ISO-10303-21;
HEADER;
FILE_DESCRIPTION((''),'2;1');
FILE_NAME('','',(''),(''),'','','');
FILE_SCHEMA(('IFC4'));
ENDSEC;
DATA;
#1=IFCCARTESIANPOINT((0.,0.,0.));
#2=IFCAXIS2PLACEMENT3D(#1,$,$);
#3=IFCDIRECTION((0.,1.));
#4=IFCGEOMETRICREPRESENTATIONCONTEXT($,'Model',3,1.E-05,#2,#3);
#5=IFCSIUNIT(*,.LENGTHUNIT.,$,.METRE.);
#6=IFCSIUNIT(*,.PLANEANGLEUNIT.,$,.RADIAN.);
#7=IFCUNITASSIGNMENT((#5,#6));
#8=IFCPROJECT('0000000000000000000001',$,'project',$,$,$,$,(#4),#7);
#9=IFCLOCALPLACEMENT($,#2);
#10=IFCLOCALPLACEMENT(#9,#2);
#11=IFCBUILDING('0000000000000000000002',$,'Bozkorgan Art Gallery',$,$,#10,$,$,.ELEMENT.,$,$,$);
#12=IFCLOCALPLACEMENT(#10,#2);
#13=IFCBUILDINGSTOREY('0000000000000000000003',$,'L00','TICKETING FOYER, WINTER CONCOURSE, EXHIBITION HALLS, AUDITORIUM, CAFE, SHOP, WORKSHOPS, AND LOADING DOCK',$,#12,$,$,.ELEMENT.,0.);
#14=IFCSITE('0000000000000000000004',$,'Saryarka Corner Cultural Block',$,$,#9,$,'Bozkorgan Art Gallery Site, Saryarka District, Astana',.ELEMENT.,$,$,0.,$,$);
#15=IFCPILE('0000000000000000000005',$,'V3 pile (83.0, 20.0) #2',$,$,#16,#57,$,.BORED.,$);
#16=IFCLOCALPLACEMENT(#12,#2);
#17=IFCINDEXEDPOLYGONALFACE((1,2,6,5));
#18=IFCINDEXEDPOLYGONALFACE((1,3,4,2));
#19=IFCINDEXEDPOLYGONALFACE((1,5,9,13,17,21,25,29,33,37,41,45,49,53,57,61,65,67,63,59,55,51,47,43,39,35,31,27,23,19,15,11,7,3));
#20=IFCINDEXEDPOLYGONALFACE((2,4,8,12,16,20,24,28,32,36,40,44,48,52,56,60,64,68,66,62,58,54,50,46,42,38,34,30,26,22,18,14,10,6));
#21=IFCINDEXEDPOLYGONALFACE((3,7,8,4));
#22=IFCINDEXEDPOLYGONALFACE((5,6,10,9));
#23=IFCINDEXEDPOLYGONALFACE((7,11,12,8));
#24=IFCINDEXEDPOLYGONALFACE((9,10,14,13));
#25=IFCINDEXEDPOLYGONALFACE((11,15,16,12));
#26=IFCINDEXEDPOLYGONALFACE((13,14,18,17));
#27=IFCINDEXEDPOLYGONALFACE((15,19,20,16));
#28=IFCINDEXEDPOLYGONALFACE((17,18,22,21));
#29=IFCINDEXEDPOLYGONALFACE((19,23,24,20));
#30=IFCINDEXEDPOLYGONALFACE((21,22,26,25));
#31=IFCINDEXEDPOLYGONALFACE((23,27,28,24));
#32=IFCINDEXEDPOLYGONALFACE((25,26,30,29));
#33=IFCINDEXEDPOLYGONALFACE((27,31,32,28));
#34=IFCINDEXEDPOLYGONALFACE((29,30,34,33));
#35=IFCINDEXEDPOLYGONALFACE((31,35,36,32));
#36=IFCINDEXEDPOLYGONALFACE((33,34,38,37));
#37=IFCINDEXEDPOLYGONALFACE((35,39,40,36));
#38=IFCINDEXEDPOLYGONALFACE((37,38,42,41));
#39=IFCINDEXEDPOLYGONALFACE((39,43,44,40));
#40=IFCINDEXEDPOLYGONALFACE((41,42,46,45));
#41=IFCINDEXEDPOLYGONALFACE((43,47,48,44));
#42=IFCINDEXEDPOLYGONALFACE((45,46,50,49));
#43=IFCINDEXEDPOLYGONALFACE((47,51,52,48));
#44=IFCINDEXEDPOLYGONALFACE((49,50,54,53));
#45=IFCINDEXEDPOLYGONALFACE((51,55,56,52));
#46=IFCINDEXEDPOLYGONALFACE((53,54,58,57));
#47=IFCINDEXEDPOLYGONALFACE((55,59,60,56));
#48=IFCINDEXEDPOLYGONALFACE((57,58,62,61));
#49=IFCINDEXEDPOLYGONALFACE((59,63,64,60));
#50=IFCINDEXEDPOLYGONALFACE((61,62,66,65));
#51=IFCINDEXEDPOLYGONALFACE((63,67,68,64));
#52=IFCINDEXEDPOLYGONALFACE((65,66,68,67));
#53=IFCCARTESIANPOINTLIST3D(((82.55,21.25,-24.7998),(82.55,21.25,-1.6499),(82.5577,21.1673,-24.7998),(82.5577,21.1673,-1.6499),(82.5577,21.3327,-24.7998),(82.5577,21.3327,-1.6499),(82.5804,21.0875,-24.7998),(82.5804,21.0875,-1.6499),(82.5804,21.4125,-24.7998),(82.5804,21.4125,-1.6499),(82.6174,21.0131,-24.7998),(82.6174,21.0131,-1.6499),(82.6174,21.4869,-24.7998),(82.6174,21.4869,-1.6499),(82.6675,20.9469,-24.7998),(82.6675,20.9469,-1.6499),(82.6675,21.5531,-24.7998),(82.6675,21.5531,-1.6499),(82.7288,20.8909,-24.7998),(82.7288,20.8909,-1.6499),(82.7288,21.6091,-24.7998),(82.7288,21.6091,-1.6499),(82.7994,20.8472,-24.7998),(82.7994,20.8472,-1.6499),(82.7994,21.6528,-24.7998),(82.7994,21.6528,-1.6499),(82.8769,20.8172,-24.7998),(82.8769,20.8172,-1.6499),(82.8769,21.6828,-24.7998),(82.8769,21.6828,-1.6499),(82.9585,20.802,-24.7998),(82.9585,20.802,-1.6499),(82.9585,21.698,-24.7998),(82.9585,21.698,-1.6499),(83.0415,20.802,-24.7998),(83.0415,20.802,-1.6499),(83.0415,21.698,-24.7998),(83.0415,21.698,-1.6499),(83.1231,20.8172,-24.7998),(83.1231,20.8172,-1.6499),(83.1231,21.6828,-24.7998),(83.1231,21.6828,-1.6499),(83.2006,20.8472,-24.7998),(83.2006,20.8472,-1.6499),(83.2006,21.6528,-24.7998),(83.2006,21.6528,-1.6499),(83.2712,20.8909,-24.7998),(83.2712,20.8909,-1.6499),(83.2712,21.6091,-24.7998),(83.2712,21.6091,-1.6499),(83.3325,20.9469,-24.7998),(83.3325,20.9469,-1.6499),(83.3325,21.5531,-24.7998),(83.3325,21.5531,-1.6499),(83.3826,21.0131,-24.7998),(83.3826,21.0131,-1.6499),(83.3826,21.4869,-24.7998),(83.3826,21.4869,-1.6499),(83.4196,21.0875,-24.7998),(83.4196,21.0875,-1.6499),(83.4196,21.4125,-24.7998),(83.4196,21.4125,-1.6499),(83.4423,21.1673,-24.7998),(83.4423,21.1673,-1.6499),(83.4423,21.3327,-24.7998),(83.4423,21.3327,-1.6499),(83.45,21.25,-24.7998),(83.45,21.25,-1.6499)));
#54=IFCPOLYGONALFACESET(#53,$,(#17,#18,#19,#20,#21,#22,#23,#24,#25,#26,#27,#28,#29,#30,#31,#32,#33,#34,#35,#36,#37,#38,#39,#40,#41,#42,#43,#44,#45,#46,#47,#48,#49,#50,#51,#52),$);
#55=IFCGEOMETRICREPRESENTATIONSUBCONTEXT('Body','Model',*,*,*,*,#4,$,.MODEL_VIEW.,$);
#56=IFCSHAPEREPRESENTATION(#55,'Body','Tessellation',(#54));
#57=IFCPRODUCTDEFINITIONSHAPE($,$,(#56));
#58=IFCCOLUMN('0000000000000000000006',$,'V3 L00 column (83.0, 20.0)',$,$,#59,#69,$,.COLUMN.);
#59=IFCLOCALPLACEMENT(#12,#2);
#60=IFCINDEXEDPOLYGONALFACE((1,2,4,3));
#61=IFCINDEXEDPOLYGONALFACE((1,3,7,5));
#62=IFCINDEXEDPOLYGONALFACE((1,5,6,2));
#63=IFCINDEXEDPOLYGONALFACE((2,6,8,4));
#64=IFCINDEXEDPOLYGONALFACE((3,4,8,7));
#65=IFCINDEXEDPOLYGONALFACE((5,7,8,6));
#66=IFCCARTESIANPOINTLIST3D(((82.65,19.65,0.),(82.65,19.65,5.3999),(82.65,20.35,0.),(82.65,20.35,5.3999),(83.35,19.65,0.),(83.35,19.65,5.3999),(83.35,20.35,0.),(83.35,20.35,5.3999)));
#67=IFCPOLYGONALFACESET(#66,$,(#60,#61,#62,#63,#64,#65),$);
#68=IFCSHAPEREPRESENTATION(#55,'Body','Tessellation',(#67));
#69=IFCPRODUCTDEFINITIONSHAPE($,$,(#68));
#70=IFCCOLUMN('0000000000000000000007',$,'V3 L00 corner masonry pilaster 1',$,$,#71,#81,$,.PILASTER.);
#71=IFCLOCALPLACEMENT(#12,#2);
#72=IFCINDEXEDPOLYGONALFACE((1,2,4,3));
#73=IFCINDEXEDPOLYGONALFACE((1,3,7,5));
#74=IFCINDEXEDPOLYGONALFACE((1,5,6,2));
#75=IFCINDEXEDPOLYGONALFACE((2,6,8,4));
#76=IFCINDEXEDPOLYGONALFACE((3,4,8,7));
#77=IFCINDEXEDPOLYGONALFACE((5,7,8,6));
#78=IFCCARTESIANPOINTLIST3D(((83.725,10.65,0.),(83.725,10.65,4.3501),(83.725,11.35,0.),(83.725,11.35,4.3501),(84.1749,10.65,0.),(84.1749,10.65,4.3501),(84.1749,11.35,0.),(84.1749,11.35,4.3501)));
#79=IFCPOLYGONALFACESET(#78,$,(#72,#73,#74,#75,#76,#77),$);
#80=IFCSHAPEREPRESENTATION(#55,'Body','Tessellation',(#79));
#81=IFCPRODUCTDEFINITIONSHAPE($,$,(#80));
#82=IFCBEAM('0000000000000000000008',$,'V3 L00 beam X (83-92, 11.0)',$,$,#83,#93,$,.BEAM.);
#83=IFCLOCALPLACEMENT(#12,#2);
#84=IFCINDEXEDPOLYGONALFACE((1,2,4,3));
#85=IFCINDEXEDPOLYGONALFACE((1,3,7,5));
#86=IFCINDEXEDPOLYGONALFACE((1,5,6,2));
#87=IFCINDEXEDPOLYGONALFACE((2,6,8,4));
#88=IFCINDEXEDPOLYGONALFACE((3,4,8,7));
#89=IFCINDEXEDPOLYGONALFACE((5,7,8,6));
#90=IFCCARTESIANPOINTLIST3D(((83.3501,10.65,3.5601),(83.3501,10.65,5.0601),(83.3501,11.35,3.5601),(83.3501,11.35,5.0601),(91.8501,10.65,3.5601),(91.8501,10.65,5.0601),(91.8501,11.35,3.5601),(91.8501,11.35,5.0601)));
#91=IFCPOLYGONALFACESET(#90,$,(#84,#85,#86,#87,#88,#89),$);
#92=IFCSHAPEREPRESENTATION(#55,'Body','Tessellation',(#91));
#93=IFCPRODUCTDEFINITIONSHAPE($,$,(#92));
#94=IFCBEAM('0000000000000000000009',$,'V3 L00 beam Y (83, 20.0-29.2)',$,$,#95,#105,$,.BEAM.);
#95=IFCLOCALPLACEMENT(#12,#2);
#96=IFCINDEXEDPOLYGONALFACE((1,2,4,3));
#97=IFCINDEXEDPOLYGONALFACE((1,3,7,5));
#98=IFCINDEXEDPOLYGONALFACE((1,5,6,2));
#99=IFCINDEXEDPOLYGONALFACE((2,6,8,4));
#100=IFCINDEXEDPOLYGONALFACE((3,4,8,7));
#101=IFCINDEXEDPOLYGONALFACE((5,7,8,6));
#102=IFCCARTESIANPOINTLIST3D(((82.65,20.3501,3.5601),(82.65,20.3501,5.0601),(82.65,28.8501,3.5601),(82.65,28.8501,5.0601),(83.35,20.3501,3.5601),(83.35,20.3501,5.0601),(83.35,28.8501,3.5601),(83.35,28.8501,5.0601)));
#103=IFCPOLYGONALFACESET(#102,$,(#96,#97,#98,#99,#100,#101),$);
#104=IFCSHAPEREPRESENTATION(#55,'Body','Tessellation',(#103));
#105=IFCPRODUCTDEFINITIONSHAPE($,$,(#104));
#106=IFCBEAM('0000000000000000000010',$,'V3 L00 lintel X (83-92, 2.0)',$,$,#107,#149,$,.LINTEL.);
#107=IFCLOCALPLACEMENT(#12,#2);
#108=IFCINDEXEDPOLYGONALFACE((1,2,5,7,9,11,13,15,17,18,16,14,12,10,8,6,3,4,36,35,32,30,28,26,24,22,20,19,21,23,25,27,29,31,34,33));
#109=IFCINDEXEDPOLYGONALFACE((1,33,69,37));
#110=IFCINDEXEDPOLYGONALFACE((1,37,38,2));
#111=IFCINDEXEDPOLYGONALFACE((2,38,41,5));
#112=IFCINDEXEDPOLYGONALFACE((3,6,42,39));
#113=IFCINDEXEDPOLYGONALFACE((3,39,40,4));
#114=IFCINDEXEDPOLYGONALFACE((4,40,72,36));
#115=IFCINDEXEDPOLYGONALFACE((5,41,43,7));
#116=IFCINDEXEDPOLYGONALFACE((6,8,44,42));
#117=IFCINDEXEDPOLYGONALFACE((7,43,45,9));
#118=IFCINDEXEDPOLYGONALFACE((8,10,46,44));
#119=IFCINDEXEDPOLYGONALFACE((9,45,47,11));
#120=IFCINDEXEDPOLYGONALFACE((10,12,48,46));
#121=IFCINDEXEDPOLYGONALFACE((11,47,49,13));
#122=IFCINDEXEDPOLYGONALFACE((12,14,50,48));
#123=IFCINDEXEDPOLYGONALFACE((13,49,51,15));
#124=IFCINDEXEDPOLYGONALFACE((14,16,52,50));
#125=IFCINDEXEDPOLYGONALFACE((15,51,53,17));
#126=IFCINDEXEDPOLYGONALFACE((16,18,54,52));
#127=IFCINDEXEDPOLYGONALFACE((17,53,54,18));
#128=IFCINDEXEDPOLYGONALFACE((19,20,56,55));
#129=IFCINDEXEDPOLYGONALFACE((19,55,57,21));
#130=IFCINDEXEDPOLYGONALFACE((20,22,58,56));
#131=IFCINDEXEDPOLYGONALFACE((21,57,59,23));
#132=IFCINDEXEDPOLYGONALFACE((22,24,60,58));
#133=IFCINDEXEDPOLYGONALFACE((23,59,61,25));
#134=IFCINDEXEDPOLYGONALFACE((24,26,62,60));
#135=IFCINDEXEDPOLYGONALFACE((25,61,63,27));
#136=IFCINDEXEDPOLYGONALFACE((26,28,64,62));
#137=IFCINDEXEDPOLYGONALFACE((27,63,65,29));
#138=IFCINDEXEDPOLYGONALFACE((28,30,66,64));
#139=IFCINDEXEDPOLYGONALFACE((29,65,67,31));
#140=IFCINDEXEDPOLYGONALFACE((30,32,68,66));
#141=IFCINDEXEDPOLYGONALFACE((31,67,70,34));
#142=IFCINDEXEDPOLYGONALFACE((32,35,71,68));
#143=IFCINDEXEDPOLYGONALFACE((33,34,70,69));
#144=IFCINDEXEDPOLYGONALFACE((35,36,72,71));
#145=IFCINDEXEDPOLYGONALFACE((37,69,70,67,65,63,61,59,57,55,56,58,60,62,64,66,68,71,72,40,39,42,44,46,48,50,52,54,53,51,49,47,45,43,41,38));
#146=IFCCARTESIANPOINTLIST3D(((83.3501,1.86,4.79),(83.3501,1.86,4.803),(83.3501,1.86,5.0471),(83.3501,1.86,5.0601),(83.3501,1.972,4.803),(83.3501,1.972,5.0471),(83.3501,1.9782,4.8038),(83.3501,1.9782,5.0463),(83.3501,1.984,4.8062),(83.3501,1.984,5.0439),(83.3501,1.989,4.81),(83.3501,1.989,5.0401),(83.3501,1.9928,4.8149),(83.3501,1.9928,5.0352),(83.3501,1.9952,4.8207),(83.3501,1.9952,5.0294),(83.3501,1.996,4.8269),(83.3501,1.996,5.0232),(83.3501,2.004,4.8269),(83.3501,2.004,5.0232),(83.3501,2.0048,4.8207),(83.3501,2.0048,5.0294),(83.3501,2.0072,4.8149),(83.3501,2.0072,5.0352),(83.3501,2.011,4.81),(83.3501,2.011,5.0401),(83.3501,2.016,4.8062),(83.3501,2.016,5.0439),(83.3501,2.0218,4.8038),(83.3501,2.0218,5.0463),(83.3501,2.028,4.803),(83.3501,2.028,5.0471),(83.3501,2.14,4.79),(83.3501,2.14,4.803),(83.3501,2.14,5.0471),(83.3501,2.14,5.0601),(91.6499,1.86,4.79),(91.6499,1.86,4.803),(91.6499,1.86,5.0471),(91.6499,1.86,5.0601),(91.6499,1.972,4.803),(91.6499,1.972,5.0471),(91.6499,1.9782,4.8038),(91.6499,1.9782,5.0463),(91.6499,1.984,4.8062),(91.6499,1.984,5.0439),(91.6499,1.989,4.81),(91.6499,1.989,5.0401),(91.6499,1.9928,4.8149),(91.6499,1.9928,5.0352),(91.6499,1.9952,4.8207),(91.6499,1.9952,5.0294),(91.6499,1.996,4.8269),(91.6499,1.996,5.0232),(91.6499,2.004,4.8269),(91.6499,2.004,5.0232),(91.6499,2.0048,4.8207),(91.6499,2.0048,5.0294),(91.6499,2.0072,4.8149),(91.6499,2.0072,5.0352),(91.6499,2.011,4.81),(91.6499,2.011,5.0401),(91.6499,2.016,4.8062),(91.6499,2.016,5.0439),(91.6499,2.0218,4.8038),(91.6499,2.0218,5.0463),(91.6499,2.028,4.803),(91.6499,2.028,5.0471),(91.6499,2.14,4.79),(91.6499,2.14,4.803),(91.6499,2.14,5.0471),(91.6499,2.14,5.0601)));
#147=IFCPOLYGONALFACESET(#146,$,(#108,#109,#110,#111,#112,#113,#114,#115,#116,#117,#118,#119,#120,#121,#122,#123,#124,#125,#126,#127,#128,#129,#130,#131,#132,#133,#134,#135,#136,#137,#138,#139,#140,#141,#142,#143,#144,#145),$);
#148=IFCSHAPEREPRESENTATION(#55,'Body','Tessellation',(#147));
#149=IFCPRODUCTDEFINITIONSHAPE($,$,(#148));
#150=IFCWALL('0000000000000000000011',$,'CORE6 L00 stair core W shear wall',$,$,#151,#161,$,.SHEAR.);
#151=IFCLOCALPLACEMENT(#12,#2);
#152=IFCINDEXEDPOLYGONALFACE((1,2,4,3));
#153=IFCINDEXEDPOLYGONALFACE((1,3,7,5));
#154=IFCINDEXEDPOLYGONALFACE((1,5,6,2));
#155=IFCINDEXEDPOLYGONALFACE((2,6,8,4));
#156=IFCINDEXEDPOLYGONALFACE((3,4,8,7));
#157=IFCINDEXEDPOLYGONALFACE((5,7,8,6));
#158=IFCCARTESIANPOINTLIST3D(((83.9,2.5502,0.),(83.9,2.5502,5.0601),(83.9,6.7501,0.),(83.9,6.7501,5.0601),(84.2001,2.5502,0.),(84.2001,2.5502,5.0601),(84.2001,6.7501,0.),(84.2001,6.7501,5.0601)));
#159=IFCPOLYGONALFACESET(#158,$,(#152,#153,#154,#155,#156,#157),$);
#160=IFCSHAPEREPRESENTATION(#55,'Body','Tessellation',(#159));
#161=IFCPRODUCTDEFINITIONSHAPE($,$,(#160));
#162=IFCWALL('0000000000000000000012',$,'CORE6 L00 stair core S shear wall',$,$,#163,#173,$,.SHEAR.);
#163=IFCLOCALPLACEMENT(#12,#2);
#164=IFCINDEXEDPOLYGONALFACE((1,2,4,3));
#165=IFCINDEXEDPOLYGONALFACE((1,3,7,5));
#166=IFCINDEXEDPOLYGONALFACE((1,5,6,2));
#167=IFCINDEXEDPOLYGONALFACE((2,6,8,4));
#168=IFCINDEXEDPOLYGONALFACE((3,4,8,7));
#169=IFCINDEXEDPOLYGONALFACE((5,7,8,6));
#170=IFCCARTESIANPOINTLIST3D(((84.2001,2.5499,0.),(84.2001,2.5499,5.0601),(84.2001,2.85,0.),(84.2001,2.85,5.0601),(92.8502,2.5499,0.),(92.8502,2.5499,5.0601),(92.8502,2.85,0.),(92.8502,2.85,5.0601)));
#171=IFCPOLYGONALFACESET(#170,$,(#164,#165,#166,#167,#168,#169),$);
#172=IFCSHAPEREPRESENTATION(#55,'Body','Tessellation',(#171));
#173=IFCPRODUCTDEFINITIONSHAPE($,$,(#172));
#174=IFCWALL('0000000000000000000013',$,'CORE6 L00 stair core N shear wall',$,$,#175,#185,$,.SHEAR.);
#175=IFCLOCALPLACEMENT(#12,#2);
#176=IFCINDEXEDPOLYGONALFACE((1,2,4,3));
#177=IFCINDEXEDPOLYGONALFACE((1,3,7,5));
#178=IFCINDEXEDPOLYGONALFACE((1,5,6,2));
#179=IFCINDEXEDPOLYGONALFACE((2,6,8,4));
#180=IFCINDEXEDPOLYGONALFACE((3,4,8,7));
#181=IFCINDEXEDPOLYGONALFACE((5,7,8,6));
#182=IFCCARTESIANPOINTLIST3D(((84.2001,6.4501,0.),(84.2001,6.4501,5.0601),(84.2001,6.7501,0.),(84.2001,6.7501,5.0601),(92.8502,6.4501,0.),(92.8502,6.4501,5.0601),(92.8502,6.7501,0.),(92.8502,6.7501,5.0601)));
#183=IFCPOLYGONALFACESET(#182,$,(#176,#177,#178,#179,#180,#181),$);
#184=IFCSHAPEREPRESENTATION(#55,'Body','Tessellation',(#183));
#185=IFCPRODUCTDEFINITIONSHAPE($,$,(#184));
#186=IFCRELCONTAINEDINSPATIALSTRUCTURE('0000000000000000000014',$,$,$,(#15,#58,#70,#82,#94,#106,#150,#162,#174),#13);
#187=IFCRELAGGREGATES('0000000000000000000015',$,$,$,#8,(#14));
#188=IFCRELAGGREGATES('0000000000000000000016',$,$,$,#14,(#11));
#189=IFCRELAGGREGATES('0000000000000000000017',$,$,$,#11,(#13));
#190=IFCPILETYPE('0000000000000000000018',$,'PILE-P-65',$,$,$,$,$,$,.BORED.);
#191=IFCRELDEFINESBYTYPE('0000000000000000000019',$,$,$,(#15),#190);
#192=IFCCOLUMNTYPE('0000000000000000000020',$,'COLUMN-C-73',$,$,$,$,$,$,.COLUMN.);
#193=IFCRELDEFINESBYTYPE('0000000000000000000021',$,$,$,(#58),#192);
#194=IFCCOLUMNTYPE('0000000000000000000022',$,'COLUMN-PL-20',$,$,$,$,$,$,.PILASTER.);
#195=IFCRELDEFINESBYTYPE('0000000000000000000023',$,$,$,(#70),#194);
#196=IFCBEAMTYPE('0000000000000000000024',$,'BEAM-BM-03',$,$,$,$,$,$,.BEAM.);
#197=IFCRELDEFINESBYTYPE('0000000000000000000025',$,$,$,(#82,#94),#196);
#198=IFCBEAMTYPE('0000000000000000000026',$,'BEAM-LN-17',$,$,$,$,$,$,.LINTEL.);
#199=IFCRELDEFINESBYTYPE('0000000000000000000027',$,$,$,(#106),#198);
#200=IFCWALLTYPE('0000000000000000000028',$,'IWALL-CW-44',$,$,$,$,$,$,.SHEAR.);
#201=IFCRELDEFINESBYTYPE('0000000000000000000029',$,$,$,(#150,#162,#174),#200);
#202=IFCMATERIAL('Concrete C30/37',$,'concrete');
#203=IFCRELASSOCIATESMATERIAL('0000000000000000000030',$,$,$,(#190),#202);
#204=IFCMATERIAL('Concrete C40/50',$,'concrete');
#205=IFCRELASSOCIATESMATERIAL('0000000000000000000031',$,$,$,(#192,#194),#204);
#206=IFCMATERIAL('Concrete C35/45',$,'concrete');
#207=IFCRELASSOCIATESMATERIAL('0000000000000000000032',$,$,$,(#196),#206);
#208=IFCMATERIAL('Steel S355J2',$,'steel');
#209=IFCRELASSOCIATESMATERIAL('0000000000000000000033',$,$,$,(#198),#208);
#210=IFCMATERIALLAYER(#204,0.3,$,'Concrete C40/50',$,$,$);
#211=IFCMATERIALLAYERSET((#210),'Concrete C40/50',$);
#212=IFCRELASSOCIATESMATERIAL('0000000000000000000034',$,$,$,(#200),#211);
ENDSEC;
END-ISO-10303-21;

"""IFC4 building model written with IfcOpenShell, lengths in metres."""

from ifc_helpers import new_model, si_unit, direction, frame, frame_2d, origin, origin_2d, place, context, subcontext, project, spatial, rectangle, circle, i_section, extrude, material, layer, layer_set, material_profile, profile_set, type_object, element, save


model = new_model("IFC4")

# Units and contexts
model_context = context("Model", 3, precision=1e-05, world=origin(), true_north=direction((0.0, 1.0)))
body_context = subcontext(model_context, "Body", "Model", "MODEL_VIEW")
ifc_project = project(units=[si_unit("LENGTHUNIT", "METRE"), si_unit("PLANEANGLEUNIT", "RADIAN")], contexts=[model_context])

# Site, building, storey
site_placement = place(None, origin())
site = spatial("IfcSite", under=ifc_project, at=site_placement, Name="Saryarka Corner Cultural Block", LongName="Bozkorgan Art Gallery Site, Saryarka District, Astana", CompositionType="ELEMENT", RefElevation=0.0)
building_placement = place(site_placement, origin())
building = spatial("IfcBuilding", under=site, at=building_placement, Name="Bozkorgan Art Gallery", CompositionType="ELEMENT")
storey_placement = place(building_placement, origin())
storey = spatial("IfcBuildingStorey", under=building, at=storey_placement, Name="L00", Description="TICKETING FOYER, WINTER CONCOURSE, EXHIBITION HALLS, AUDITORIUM, CAFE, SHOP, WORKSHOPS, AND LOADING DOCK", CompositionType="ELEMENT", Elevation=0.0)

# Shared definitions
ifc_material_1 = material(Name="Concrete C30/37", Category="concrete")

# Pile
ifc_material_profile_1 = material_profile(ifc_material_1, circle(Radius=0.45, at=origin_2d()), Name="PILE D900")
ifc_profile_set_1 = profile_set([ifc_material_profile_1], Name="Concrete C30/37")
pile_type_1 = type_object("IfcPileType", Name="PILE-P-65", PredefinedType="BORED", material=ifc_profile_set_1)
pile_1_placement = place(storey_placement, frame((83.0, 21.25, -1.6499), z_axis=(0.0, 0.0, -1.0), x_axis=(1.0, 0.0, 0.0)))
element("IfcPile", 1, at=pile_1_placement, inside=storey, type_object=pile_type_1, Name="V3 pile (83.0, 20.0) #2", PredefinedType="BORED", context=body_context, shape_type="SweptSolid", body=[
    extrude(circle(Radius=0.45, at=origin_2d()), origin(), (0.0, 0.0, 1.0), 23.1499),
])

# Columns
ifc_material_2 = material(Name="Concrete C40/50", Category="concrete")
ifc_material_profile_2 = material_profile(ifc_material_2, rectangle(XDim=0.7, YDim=0.7, at=origin_2d()), Name="RC 700x700")
ifc_profile_set_2 = profile_set([ifc_material_profile_2], Name="Concrete C40/50")
column_type_1 = type_object("IfcColumnType", Name="COLUMN-C-73", PredefinedType="COLUMN", material=ifc_profile_set_2)
column_1_placement = place(storey_placement, frame((83.0, 20.0, 0.0), z_axis=(0.0, 0.0, 1.0), x_axis=(1.0, 0.0, 0.0)))
element("IfcColumn", 2, at=column_1_placement, inside=storey, type_object=column_type_1, Name="V3 L00 column (83.0, 20.0)", PredefinedType="COLUMN", context=body_context, shape_type="SweptSolid", body=[
    extrude(rectangle(XDim=0.7, YDim=0.7, at=origin_2d()), origin(), (0.0, 0.0, 1.0), 5.3999),
])
ifc_material_profile_3 = material_profile(ifc_material_2, rectangle(XDim=0.45, YDim=0.7, at=origin_2d()), Name="RC 450x700")
ifc_profile_set_3 = profile_set([ifc_material_profile_3], Name="Concrete C40/50")
column_type_2 = type_object("IfcColumnType", Name="COLUMN-PL-20", PredefinedType="PILASTER", material=ifc_profile_set_3)
column_2_placement = place(storey_placement, frame((83.95, 11.0, 0.0), z_axis=(0.0, 0.0, 1.0), x_axis=(1.0, 0.0, 0.0)))
element("IfcColumn", 3, at=column_2_placement, inside=storey, type_object=column_type_2, Name="V3 L00 corner masonry pilaster 1", PredefinedType="PILASTER", context=body_context, shape_type="SweptSolid", body=[
    extrude(rectangle(XDim=0.45, YDim=0.7, at=origin_2d()), origin(), (0.0, 0.0, 1.0), 4.3501),
])

# Beams
ifc_material_3 = material(Name="Concrete C35/45", Category="concrete")
ifc_material_profile_4 = material_profile(ifc_material_3, rectangle(XDim=0.7, YDim=1.5, at=origin_2d()), Name="RC 700x1500")
ifc_profile_set_4 = profile_set([ifc_material_profile_4], Name="Concrete C35/45")
beam_type_1 = type_object("IfcBeamType", Name="BEAM-BM-03", PredefinedType="BEAM", material=ifc_profile_set_4)
for number, where, z_axis, x_axis, name in (
    (4, (83.3501, 11.0, 4.3101), (1.0, 0.0, 0.0), (0.0, 1.0, 0.0), "V3 L00 beam X (83-92, 11.0)"),
    (5, (83.0, 20.3501, 4.3101), (0.0, 1.0, 0.0), (-1.0, 0.0, 0.0), "V3 L00 beam Y (83, 20.0-29.2)"),
):
    element("IfcBeam", number, at=place(storey_placement, frame(where, z_axis=z_axis, x_axis=x_axis)), inside=storey, type_object=beam_type_1, Name=name, PredefinedType="BEAM", context=body_context, shape_type="SweptSolid", body=[
        extrude(rectangle(XDim=0.7, YDim=1.5, at=origin_2d()), origin(), (0.0, 0.0, 1.0), 8.5),
    ])
ifc_material_4 = material(Name="Steel S355J2", Category="steel")
ifc_material_profile_5 = material_profile(ifc_material_4, i_section(OverallWidth=0.28, OverallDepth=0.27, WebThickness=0.0081, FlangeThickness=0.0129, FilletRadius=0.0239, at=origin_2d()), Name="HEA 280")
ifc_profile_set_5 = profile_set([ifc_material_profile_5], Name="Steel S355J2")
beam_type_2 = type_object("IfcBeamType", Name="BEAM-LN-17", PredefinedType="LINTEL", material=ifc_profile_set_5)
beam_placement = place(storey_placement, frame((83.3501, 2.0, 4.925), z_axis=(1.0, 0.0, 0.0), x_axis=(0.0, 1.0, 0.0)))
element("IfcBeam", 6, at=beam_placement, inside=storey, type_object=beam_type_2, Name="V3 L00 lintel X (83-92, 2.0)", PredefinedType="LINTEL", context=body_context, shape_type="SweptSolid", body=[
    extrude(i_section(OverallWidth=0.28, OverallDepth=0.27, WebThickness=0.0081, FlangeThickness=0.0129, FilletRadius=0.0239, at=origin_2d()), origin(), (0.0, 0.0, 1.0), 8.2998),
])

# Walls
ifc_layer_1 = layer(ifc_material_2, 0.3, Name="Concrete C40/50")
ifc_layer_set_1 = layer_set([ifc_layer_1], Name="Concrete C40/50")
wall_type_1 = type_object("IfcWallType", Name="IWALL-CW-44", PredefinedType="SHEAR", material=ifc_layer_set_1)
wall_1_placement = place(storey_placement, frame((84.05, 2.55, 0.0), z_axis=(0.0, 0.0, 1.0), x_axis=(0.0, 1.0, 0.0)))
element("IfcWall", 7, at=wall_1_placement, inside=storey, type_object=wall_type_1, Name="CORE6 L00 stair core W shear wall", PredefinedType="SHEAR", context=body_context, shape_type="SweptSolid", body=[
    extrude(rectangle(XDim=4.2, YDim=0.3, at=frame_2d((2.1001, 0.0))), origin(), (0.0, 0.0, 1.0), 5.0601),
])
for number, where, z_axis, x_axis, name in (
    (8, (84.2, 2.7, 0.0), (0.0, 0.0, 1.0), (1.0, 0.0, 0.0), "CORE6 L00 stair core S shear wall"),
    (9, (84.2, 6.6001, 0.0), (0.0, 0.0, 1.0), (1.0, 0.0, 0.0), "CORE6 L00 stair core N shear wall"),
):
    element("IfcWall", number, at=place(storey_placement, frame(where, z_axis=z_axis, x_axis=x_axis)), inside=storey, type_object=wall_type_1, Name=name, PredefinedType="SHEAR", context=body_context, shape_type="SweptSolid", body=[
        extrude(rectangle(XDim=8.6501, YDim=0.3, at=frame_2d((4.3252, 0.0))), origin(), (0.0, 0.0, 1.0), 5.0601),
    ])

save(model, "model.ifc")
